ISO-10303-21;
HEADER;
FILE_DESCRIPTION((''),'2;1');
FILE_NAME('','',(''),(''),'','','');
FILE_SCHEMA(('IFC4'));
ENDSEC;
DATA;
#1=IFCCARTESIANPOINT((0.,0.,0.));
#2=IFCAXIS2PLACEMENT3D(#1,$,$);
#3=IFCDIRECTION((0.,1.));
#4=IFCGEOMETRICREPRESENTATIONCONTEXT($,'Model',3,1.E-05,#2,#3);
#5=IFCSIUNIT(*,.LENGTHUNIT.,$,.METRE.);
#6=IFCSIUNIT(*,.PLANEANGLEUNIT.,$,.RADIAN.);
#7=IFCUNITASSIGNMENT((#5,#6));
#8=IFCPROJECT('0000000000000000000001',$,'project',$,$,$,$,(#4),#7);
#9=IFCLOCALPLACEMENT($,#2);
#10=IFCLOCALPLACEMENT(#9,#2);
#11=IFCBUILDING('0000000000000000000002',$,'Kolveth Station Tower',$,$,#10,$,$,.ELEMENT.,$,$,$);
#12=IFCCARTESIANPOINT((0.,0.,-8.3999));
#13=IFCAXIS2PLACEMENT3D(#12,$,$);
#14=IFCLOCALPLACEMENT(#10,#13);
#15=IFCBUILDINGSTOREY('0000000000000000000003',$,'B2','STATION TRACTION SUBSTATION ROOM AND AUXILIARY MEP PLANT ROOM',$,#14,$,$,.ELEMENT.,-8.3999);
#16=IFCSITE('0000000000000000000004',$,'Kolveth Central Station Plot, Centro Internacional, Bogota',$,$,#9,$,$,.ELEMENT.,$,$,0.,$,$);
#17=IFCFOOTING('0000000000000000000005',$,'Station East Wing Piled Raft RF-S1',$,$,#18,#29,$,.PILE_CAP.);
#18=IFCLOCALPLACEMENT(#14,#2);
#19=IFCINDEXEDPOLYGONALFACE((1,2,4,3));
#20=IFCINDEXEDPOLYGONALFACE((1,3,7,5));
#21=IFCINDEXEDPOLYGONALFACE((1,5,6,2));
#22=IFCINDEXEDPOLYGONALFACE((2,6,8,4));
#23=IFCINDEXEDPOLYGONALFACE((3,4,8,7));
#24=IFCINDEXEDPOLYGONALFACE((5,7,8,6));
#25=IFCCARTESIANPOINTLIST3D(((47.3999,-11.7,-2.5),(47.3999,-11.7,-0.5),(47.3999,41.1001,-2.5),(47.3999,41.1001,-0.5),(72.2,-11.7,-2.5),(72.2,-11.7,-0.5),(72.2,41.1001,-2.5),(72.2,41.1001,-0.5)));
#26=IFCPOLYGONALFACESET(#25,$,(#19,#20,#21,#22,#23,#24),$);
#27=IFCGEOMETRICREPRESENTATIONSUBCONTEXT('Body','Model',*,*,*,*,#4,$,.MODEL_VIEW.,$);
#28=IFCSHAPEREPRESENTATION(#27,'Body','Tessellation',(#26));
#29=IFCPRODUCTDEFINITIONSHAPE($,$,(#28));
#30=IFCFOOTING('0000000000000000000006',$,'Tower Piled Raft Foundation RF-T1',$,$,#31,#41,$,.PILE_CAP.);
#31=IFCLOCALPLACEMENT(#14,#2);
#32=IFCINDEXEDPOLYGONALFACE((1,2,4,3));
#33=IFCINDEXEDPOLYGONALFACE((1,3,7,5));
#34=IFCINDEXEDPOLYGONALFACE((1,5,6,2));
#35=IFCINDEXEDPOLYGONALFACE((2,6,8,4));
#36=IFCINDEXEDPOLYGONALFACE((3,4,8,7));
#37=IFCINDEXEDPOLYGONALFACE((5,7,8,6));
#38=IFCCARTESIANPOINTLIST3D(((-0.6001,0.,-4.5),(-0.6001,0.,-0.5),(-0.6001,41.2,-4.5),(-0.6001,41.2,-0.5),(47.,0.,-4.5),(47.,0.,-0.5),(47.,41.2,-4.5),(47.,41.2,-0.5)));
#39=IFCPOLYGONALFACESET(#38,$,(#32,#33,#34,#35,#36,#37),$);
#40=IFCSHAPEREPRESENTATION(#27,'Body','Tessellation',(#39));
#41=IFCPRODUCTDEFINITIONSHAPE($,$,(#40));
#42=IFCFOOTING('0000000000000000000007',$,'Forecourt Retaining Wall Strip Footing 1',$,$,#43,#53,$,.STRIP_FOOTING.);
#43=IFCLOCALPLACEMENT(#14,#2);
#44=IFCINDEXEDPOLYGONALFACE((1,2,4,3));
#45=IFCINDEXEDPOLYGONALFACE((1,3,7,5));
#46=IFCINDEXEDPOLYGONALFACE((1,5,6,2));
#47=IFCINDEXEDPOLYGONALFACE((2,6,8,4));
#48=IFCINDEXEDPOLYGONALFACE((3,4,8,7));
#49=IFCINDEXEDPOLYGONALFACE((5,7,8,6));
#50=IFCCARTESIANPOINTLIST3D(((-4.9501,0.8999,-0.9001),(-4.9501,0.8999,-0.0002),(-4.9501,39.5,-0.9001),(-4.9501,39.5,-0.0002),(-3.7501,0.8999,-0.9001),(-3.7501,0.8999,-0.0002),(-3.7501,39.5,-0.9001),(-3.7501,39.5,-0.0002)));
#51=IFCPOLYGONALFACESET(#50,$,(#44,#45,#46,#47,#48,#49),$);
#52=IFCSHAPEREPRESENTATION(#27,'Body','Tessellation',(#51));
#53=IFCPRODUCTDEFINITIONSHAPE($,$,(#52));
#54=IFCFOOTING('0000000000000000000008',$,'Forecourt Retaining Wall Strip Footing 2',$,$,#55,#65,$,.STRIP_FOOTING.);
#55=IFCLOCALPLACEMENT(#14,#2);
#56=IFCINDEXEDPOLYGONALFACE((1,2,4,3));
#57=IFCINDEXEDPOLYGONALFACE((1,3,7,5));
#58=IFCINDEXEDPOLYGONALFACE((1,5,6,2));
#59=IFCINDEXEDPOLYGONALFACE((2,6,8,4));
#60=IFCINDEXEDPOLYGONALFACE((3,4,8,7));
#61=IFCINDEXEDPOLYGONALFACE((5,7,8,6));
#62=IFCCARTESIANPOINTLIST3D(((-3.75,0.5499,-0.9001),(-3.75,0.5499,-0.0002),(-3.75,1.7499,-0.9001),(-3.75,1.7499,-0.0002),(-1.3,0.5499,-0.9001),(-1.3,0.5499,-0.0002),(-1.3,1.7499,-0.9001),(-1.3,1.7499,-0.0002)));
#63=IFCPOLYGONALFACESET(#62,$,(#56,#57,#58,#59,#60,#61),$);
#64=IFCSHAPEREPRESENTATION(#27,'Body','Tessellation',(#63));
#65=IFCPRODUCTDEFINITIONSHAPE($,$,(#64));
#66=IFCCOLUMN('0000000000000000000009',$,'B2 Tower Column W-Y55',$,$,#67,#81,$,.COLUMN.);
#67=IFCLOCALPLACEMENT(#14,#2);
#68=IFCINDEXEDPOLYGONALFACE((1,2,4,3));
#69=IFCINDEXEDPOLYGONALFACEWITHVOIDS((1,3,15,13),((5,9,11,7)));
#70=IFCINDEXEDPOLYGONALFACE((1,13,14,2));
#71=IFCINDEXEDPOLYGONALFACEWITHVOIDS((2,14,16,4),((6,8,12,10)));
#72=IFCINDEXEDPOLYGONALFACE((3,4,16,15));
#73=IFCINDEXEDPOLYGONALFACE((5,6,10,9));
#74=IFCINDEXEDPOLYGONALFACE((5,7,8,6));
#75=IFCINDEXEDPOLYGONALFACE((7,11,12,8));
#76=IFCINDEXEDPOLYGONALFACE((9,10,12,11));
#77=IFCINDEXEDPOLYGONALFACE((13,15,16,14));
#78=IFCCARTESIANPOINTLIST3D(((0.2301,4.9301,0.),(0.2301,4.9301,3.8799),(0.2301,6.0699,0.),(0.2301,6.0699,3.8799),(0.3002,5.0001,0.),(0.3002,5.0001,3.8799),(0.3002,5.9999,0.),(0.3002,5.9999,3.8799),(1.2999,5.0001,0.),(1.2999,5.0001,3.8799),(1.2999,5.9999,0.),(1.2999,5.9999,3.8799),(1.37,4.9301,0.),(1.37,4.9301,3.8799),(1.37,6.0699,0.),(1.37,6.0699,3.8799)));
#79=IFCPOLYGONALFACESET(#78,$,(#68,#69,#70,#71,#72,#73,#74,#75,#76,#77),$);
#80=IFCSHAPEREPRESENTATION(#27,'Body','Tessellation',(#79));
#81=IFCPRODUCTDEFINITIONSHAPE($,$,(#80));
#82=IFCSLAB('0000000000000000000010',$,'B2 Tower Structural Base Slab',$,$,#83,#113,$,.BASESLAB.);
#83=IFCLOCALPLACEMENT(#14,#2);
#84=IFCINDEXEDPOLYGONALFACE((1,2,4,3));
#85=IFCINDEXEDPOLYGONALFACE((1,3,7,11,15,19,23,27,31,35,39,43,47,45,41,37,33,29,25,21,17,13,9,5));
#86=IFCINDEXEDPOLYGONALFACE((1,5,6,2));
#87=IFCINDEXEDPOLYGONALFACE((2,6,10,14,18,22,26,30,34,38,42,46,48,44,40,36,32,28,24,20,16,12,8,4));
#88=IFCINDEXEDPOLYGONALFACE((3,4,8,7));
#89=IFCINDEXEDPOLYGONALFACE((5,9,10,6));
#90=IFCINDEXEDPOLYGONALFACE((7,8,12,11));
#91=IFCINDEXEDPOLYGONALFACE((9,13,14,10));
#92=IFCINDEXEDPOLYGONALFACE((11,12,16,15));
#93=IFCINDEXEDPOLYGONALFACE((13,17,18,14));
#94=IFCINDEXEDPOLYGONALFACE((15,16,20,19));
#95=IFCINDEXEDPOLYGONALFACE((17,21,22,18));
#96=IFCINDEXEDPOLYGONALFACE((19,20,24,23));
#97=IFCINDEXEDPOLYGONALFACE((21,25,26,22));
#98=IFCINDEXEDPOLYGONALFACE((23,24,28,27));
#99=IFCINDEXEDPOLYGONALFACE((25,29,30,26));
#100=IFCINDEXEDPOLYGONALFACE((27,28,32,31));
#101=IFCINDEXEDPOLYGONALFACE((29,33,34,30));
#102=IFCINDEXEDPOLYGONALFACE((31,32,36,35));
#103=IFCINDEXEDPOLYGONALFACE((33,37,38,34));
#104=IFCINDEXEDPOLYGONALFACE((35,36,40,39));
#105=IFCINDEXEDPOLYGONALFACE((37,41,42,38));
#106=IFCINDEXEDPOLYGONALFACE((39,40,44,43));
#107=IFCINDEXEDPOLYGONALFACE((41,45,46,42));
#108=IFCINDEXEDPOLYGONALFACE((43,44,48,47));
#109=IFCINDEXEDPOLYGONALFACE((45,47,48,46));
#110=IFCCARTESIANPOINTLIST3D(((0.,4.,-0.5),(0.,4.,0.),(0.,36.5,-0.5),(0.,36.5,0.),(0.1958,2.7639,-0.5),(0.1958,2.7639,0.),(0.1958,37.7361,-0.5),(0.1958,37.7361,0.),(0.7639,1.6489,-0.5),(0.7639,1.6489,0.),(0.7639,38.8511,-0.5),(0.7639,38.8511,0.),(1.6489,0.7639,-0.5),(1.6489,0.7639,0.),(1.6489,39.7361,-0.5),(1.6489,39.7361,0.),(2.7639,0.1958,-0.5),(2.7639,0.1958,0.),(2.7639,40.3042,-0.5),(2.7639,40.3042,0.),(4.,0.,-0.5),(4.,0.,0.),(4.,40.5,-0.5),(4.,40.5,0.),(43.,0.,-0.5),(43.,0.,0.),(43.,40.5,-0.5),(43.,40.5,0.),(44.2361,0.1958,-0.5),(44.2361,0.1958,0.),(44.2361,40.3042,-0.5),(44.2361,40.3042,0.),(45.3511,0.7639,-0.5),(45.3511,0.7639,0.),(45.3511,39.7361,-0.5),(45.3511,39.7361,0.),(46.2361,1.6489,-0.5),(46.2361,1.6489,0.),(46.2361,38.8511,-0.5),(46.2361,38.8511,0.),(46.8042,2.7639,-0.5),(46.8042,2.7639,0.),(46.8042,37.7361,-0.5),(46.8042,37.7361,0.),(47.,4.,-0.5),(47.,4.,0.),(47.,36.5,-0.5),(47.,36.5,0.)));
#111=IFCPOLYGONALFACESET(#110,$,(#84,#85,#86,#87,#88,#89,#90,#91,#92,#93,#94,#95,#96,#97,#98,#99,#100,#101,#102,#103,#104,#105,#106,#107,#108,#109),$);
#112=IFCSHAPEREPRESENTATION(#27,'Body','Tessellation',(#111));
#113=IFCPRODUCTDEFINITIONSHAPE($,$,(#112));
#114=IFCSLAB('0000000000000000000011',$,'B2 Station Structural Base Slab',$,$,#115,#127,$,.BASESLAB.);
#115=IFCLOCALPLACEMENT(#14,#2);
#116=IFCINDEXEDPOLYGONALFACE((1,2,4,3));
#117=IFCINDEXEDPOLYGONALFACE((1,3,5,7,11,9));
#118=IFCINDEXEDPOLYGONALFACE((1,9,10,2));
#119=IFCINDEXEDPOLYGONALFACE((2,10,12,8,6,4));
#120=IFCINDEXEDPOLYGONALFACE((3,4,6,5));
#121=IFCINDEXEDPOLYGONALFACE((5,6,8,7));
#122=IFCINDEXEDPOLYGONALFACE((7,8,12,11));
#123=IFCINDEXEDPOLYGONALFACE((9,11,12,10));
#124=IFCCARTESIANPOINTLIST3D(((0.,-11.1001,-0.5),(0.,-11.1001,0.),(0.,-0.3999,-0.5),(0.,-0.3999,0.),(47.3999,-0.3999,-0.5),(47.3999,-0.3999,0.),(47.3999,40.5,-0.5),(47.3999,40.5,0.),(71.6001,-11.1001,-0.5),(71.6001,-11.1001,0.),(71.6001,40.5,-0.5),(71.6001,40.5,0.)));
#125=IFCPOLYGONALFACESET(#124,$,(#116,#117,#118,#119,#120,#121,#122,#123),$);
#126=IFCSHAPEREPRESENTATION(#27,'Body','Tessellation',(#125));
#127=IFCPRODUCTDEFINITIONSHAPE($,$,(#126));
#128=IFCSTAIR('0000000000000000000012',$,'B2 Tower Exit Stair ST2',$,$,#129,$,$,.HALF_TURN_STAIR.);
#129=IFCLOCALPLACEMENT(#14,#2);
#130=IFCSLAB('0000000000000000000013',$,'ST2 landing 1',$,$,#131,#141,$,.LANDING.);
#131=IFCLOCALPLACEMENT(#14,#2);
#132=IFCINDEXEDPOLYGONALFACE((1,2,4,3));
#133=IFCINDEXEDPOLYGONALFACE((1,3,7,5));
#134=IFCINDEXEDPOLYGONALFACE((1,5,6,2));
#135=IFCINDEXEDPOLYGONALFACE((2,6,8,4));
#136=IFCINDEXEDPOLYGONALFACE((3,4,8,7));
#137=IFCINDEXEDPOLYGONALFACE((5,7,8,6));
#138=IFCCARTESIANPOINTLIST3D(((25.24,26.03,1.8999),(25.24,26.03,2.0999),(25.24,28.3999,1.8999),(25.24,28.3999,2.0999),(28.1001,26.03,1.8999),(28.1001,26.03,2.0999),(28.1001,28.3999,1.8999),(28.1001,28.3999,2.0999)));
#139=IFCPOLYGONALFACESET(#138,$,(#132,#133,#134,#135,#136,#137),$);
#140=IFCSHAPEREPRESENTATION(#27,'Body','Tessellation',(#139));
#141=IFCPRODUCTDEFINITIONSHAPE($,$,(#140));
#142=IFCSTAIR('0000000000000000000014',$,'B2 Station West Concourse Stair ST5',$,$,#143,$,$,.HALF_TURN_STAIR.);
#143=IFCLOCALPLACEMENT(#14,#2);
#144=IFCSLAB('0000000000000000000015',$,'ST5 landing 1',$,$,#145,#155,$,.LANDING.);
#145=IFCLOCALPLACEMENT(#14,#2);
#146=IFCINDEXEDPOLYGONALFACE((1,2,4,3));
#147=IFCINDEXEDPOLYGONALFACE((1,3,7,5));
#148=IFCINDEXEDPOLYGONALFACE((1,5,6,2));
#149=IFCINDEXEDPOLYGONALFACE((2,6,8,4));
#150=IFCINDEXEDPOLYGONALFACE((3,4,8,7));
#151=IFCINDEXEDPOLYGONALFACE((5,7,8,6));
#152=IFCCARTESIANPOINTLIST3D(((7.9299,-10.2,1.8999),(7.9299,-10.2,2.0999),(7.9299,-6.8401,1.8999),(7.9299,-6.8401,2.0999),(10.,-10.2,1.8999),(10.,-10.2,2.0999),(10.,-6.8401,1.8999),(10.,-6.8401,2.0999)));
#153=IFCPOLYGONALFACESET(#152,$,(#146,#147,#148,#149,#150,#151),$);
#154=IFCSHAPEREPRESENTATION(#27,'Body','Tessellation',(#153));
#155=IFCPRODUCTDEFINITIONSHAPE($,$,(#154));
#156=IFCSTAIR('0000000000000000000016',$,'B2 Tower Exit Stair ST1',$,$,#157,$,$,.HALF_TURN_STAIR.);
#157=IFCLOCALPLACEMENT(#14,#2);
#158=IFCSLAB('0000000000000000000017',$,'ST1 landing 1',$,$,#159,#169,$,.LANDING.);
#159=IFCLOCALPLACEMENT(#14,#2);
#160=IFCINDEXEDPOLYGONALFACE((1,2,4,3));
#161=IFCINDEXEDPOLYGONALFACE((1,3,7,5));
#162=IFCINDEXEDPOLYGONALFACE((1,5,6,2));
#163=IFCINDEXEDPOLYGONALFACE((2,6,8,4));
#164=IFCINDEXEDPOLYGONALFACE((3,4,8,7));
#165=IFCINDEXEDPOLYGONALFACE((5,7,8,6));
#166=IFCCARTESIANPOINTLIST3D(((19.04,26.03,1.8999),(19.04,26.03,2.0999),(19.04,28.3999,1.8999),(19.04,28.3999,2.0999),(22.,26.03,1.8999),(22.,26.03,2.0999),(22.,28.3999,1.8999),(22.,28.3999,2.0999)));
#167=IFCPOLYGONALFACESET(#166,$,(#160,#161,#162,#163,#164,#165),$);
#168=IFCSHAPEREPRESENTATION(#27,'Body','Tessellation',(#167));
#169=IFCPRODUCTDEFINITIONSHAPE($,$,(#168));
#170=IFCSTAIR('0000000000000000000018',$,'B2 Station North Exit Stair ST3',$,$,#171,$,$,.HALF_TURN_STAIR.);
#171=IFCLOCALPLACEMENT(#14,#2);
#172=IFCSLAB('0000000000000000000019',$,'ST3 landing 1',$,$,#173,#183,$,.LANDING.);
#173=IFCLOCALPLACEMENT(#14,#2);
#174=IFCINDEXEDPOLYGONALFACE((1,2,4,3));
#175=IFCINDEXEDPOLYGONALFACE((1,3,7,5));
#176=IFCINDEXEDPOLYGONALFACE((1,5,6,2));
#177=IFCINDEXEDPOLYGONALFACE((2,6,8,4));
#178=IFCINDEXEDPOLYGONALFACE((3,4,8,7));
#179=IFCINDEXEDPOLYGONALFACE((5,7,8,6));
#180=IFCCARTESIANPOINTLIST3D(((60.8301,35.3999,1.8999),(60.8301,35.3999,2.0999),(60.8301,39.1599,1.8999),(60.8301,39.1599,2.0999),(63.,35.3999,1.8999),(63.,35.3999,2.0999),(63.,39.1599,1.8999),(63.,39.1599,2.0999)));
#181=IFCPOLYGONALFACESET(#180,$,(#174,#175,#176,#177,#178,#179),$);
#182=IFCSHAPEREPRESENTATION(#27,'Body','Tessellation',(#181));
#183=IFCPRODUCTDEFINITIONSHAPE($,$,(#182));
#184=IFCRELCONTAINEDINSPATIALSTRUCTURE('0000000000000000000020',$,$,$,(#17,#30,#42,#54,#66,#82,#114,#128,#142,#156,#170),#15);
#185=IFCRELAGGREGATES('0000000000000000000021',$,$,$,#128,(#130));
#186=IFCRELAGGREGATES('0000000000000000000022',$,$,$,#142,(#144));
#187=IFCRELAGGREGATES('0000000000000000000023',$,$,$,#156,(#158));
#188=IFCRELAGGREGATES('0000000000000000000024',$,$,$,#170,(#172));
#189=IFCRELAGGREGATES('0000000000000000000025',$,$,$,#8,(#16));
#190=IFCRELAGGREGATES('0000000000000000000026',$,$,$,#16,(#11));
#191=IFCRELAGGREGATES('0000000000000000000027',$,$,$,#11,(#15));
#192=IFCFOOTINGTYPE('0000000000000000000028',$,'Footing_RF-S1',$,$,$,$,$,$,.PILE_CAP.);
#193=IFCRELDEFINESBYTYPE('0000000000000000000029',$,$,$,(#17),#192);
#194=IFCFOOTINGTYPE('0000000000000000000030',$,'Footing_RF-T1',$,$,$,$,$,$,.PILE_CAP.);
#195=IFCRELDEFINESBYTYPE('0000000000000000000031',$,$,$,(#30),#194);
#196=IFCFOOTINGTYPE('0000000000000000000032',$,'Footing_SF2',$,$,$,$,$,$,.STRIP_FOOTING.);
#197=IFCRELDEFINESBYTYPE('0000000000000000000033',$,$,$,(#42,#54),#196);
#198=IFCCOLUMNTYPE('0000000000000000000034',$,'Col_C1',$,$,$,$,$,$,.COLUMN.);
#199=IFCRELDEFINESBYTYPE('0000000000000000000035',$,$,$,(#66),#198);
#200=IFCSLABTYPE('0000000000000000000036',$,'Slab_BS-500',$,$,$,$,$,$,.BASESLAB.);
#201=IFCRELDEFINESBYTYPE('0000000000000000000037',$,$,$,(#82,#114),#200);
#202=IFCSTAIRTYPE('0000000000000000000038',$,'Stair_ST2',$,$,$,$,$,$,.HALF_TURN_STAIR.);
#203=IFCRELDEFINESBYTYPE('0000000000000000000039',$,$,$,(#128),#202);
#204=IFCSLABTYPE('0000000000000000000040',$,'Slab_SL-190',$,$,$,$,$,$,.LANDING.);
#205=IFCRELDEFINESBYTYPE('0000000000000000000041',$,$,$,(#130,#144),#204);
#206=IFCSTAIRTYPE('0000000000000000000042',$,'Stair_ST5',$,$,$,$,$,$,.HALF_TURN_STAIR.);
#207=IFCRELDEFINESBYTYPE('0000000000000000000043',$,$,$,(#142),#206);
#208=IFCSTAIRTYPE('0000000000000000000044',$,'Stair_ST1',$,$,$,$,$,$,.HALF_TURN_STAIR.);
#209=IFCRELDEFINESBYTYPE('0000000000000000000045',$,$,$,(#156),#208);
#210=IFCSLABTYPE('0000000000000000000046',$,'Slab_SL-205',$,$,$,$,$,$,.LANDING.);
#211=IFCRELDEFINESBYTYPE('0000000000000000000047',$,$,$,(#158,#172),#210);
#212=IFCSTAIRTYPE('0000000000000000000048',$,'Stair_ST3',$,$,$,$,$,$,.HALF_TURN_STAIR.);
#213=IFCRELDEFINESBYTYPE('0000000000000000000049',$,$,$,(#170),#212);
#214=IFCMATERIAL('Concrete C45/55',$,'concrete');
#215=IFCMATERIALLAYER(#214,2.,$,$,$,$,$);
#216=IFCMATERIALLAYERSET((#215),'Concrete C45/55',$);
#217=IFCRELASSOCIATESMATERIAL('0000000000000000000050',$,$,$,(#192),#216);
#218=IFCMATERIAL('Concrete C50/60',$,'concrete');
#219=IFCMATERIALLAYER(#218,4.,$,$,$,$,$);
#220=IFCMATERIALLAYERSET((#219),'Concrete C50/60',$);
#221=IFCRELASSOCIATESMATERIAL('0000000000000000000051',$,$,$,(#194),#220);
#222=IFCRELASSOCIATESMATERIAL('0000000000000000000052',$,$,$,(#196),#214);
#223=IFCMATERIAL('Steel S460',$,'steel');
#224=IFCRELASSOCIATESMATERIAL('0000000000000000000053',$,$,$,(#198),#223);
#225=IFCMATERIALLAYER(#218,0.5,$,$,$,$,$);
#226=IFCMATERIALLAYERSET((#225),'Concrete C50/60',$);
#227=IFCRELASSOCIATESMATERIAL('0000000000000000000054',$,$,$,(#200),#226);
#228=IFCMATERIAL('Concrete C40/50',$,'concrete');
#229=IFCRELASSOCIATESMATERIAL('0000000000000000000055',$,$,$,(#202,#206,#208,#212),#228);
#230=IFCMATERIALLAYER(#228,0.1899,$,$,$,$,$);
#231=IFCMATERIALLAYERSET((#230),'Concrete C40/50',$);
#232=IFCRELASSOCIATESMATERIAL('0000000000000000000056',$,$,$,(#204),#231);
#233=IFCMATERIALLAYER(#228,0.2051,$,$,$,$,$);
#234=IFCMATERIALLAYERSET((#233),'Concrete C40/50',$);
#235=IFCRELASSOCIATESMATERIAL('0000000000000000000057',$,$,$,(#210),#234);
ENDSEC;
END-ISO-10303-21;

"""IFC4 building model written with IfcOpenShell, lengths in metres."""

from ifc_helpers import new_model, si_unit, direction, frame, origin, origin_2d, place, context, subcontext, project, spatial, polyline, rectangle, hollow_rectangle, outline, extrude, source, transform, mapped, material, layer, layer_set, material_profile, profile_set, type_object, element, aggregate, save


model = new_model("IFC4")

# Units and contexts
model_context = context("Model", 3, precision=1e-05, world=origin(), true_north=direction((0.0, 1.0)))
body_context = subcontext(model_context, "Body", "Model", "MODEL_VIEW")
ifc_project = project(units=[si_unit("LENGTHUNIT", "METRE"), si_unit("PLANEANGLEUNIT", "RADIAN")], contexts=[model_context])

# Site, building, storey
site_placement = place(None, origin())
site = spatial("IfcSite", under=ifc_project, at=site_placement, Name="Kolveth Central Station Plot, Centro Internacional, Bogota", CompositionType="ELEMENT", RefElevation=0.0)
building_placement = place(site_placement, origin())
building = spatial("IfcBuilding", under=site, at=building_placement, Name="Kolveth Station Tower", CompositionType="ELEMENT")
storey_placement = place(building_placement, frame((0.0, 0.0, -8.3999)))
storey = spatial("IfcBuildingStorey", under=building, at=storey_placement, Name="B2", Description="STATION TRACTION SUBSTATION ROOM AND AUXILIARY MEP PLANT ROOM", CompositionType="ELEMENT", Elevation=-8.3999)

# Footings
ifc_material_1 = material(Name="Concrete C45/55", Category="concrete")
ifc_layer_1 = layer(ifc_material_1, 2.0)
ifc_layer_set_1 = layer_set([ifc_layer_1], Name="Concrete C45/55")
footing_type_1 = type_object("IfcFootingType", Name="Footing_RF-S1", PredefinedType="PILE_CAP", material=ifc_layer_set_1)
footing_1_placement = place(storey_placement, frame((0.0, 0.0, -2.5)))
element("IfcFooting", 1, at=footing_1_placement, inside=storey, type_object=footing_type_1, Name="Station East Wing Piled Raft RF-S1", PredefinedType="PILE_CAP", context=body_context, shape_type="SweptSolid", body=[
    extrude(outline(polyline([(47.3999, -11.7), (72.2, -11.7), (72.2, 41.1001), (47.3999, 41.1001), (47.3999, -11.7)])), origin(), (0.0, 0.0, 1.0), 2.0),
])
ifc_material_2 = material(Name="Concrete C50/60", Category="concrete")
ifc_layer_2 = layer(ifc_material_2, 4.0)
ifc_layer_set_2 = layer_set([ifc_layer_2], Name="Concrete C50/60")
footing_type_2 = type_object("IfcFootingType", Name="Footing_RF-T1", PredefinedType="PILE_CAP", material=ifc_layer_set_2)
footing_2_placement = place(storey_placement, frame((0.0, 0.0, -4.5)))
element("IfcFooting", 2, at=footing_2_placement, inside=storey, type_object=footing_type_2, Name="Tower Piled Raft Foundation RF-T1", PredefinedType="PILE_CAP", context=body_context, shape_type="SweptSolid", body=[
    extrude(outline(polyline([(-0.6001, 0.0), (47.0, 0.0), (47.0, 41.2), (-0.6001, 41.2), (-0.6001, 0.0)])), origin(), (0.0, 0.0, 1.0), 4.0),
])
ifc_material_profile_1 = material_profile(ifc_material_1, rectangle(XDim=1.2, YDim=0.8999, at=origin_2d()), Name="RC-1200x900")
ifc_profile_set_1 = profile_set([ifc_material_profile_1], Name="Concrete C45/55")
footing_type_3 = type_object("IfcFootingType", Name="Footing_SF2", PredefinedType="STRIP_FOOTING", material=ifc_profile_set_1)
shared_shape_1 = source(origin(), body_context, "Body", "SweptSolid", [
    extrude(rectangle(XDim=1.2, YDim=0.8999, at=origin_2d()), origin(), (0.0, 0.0, 1.0), 38.6001),
])
footing_3_placement = place(storey_placement, frame((-4.3501, 0.8999, -0.4502), z_axis=(0.0, 1.0, 0.0), x_axis=(-1.0, 0.0, 0.0)))
element("IfcFooting", 3, at=footing_3_placement, inside=storey, type_object=footing_type_3, Name="Forecourt Retaining Wall Strip Footing 1", PredefinedType="STRIP_FOOTING", context=body_context, shape_type="MappedRepresentation", body=[
    mapped(shared_shape_1, transform((0.0, 0.0, 0.0), x_axis=(1.0, 0.0, 0.0), y_axis=(0.0, 1.0, 0.0), z_axis=(0.0, 0.0, 1.0), scale=1.0)),
])
shared_shape_2 = source(origin(), body_context, "Body", "SweptSolid", [
    extrude(rectangle(XDim=1.2, YDim=0.8999, at=origin_2d()), origin(), (0.0, 0.0, 1.0), 2.45),
])
footing_4_placement = place(storey_placement, frame((-3.75, 1.1499, -0.4502), z_axis=(1.0, 0.0, 0.0), x_axis=(0.0, 1.0, 0.0)))
element("IfcFooting", 4, at=footing_4_placement, inside=storey, type_object=footing_type_3, Name="Forecourt Retaining Wall Strip Footing 2", PredefinedType="STRIP_FOOTING", context=body_context, shape_type="MappedRepresentation", body=[
    mapped(shared_shape_2, transform((0.0, 0.0, 0.0), x_axis=(1.0, 0.0, 0.0), y_axis=(0.0, 1.0, 0.0), z_axis=(0.0, 0.0, 1.0), scale=1.0)),
])

# Column
ifc_material_3 = material(Name="Steel S460", Category="steel")
ifc_material_profile_2 = material_profile(ifc_material_3, hollow_rectangle(XDim=1.1399, YDim=1.1399, WallThickness=0.0701, at=origin_2d()), Name="BOX1140x1140x70")
ifc_profile_set_2 = profile_set([ifc_material_profile_2], Name="Steel S460")
column_type = type_object("IfcColumnType", Name="Col_C1", PredefinedType="COLUMN", material=ifc_profile_set_2)
shared_shape_3 = source(origin(), body_context, "Body", "SweptSolid", [
    extrude(hollow_rectangle(XDim=1.1399, YDim=1.1399, WallThickness=0.0701, at=origin_2d()), origin(), (0.0, 0.0, 1.0), 3.8799),
])
column_placement = place(storey_placement, frame((0.8, 5.5, 0.0), z_axis=(0.0, 0.0, 1.0), x_axis=(1.0, 0.0, 0.0)))
element("IfcColumn", 5, at=column_placement, inside=storey, type_object=column_type, Name="B2 Tower Column W-Y55", PredefinedType="COLUMN", context=body_context, shape_type="MappedRepresentation", body=[
    mapped(shared_shape_3, transform((0.0, 0.0, 0.0), x_axis=(1.0, 0.0, 0.0), y_axis=(0.0, 1.0, 0.0), z_axis=(0.0, 0.0, 1.0), scale=1.0)),
])

# Slabs
ifc_layer_3 = layer(ifc_material_2, 0.5)
ifc_layer_set_3 = layer_set([ifc_layer_3], Name="Concrete C50/60")
slab_type_1 = type_object("IfcSlabType", Name="Slab_BS-500", PredefinedType="BASESLAB", material=ifc_layer_set_3)
slab_1_placement = place(storey_placement, frame((0.0, 0.0, -0.5)))
element("IfcSlab", 6, at=slab_1_placement, inside=storey, type_object=slab_type_1, Name="B2 Tower Structural Base Slab", PredefinedType="BASESLAB", context=body_context, shape_type="SweptSolid", body=[
    extrude(outline(polyline([(43.0, 0.0), (44.2361, 0.1958), (45.3511, 0.7639), (46.2361, 1.6489), (46.8042, 2.7639), (47.0, 4.0), (47.0, 36.5), (46.8042, 37.7361), (46.2361, 38.8511), (45.3511, 39.7361), (44.2361, 40.3042), (43.0, 40.5), (4.0, 40.5), (2.7639, 40.3042), (1.6489, 39.7361), (0.7639, 38.8511), (0.1958, 37.7361), (0.0, 36.5), (0.0, 4.0), (0.1958, 2.7639), (0.7639, 1.6489), (1.6489, 0.7639), (2.7639, 0.1958), (4.0, 0.0), (43.0, 0.0)])), origin(), (0.0, 0.0, 1.0), 0.5),
])
slab_2_placement = place(storey_placement, frame((0.0, 0.0, -0.5)))
element("IfcSlab", 7, at=slab_2_placement, inside=storey, type_object=slab_type_1, Name="B2 Station Structural Base Slab", PredefinedType="BASESLAB", context=body_context, shape_type="SweptSolid", body=[
    extrude(outline(polyline([(0.0, -11.1001), (71.6001, -11.1001), (71.6001, 40.5), (47.3999, 40.5), (47.3999, -0.3999), (0.0, -0.3999), (0.0, -11.1001)])), origin(), (0.0, 0.0, 1.0), 0.5),
])

# Stairs, slabs
ifc_material_4 = material(Name="Concrete C40/50", Category="concrete")
stair_type_1 = type_object("IfcStairType", Name="Stair_ST2", PredefinedType="HALF_TURN_STAIR", material=ifc_material_4)
stair_1_placement = place(storey_placement, origin())
stair_1 = element("IfcStair", 8, at=stair_1_placement, inside=storey, type_object=stair_type_1, Name="B2 Tower Exit Stair ST2", PredefinedType="HALF_TURN_STAIR")
ifc_layer_4 = layer(ifc_material_4, 0.1899)
ifc_layer_set_4 = layer_set([ifc_layer_4], Name="Concrete C40/50")
slab_type_2 = type_object("IfcSlabType", Name="Slab_SL-190", PredefinedType="LANDING", material=ifc_layer_set_4)
slab_3_placement = place(storey_placement, frame((0.0, 0.0, 1.8999)))
slab_3 = element("IfcSlab", 9, at=slab_3_placement, type_object=slab_type_2, Name="ST2 landing 1", PredefinedType="LANDING", context=body_context, shape_type="SweptSolid", body=[
    extrude(outline(polyline([(28.1001, 26.03), (28.1001, 28.3999), (25.24, 28.3999), (25.24, 26.03), (28.1001, 26.03)])), origin(), (0.0, 0.0, 1.0), 0.2),
])
aggregate(stair_1, [slab_3])
stair_type_2 = type_object("IfcStairType", Name="Stair_ST5", PredefinedType="HALF_TURN_STAIR", material=ifc_material_4)
stair_2_placement = place(storey_placement, origin())
stair_2 = element("IfcStair", 10, at=stair_2_placement, inside=storey, type_object=stair_type_2, Name="B2 Station West Concourse Stair ST5", PredefinedType="HALF_TURN_STAIR")
slab_4_placement = place(storey_placement, frame((0.0, 0.0, 1.8999)))
slab_4 = element("IfcSlab", 11, at=slab_4_placement, type_object=slab_type_2, Name="ST5 landing 1", PredefinedType="LANDING", context=body_context, shape_type="SweptSolid", body=[
    extrude(outline(polyline([(7.9299, -10.2), (10.0, -10.2), (10.0, -6.8401), (7.9299, -6.8401), (7.9299, -10.2)])), origin(), (0.0, 0.0, 1.0), 0.2),
])
aggregate(stair_2, [slab_4])
stair_type_3 = type_object("IfcStairType", Name="Stair_ST1", PredefinedType="HALF_TURN_STAIR", material=ifc_material_4)
stair_3_placement = place(storey_placement, origin())
stair_3 = element("IfcStair", 12, at=stair_3_placement, inside=storey, type_object=stair_type_3, Name="B2 Tower Exit Stair ST1", PredefinedType="HALF_TURN_STAIR")
ifc_layer_5 = layer(ifc_material_4, 0.2051)
ifc_layer_set_5 = layer_set([ifc_layer_5], Name="Concrete C40/50")
slab_type_3 = type_object("IfcSlabType", Name="Slab_SL-205", PredefinedType="LANDING", material=ifc_layer_set_5)
slab_5_placement = place(storey_placement, frame((0.0, 0.0, 1.8999)))
slab_5 = element("IfcSlab", 13, at=slab_5_placement, type_object=slab_type_3, Name="ST1 landing 1", PredefinedType="LANDING", context=body_context, shape_type="SweptSolid", body=[
    extrude(outline(polyline([(22.0, 26.03), (22.0, 28.3999), (19.04, 28.3999), (19.04, 26.03), (22.0, 26.03)])), origin(), (0.0, 0.0, 1.0), 0.2),
])
aggregate(stair_3, [slab_5])
stair_type_4 = type_object("IfcStairType", Name="Stair_ST3", PredefinedType="HALF_TURN_STAIR", material=ifc_material_4)
stair_4_placement = place(storey_placement, origin())
stair_4 = element("IfcStair", 14, at=stair_4_placement, inside=storey, type_object=stair_type_4, Name="B2 Station North Exit Stair ST3", PredefinedType="HALF_TURN_STAIR")
slab_6_placement = place(storey_placement, frame((0.0, 0.0, 1.8999)))
slab_6 = element("IfcSlab", 15, at=slab_6_placement, type_object=slab_type_3, Name="ST3 landing 1", PredefinedType="LANDING", context=body_context, shape_type="SweptSolid", body=[
    extrude(outline(polyline([(60.8301, 35.3999), (63.0, 35.3999), (63.0, 39.1599), (60.8301, 39.1599), (60.8301, 35.3999)])), origin(), (0.0, 0.0, 1.0), 0.2),
])
aggregate(stair_4, [slab_6])

save(model, "model.ifc")
